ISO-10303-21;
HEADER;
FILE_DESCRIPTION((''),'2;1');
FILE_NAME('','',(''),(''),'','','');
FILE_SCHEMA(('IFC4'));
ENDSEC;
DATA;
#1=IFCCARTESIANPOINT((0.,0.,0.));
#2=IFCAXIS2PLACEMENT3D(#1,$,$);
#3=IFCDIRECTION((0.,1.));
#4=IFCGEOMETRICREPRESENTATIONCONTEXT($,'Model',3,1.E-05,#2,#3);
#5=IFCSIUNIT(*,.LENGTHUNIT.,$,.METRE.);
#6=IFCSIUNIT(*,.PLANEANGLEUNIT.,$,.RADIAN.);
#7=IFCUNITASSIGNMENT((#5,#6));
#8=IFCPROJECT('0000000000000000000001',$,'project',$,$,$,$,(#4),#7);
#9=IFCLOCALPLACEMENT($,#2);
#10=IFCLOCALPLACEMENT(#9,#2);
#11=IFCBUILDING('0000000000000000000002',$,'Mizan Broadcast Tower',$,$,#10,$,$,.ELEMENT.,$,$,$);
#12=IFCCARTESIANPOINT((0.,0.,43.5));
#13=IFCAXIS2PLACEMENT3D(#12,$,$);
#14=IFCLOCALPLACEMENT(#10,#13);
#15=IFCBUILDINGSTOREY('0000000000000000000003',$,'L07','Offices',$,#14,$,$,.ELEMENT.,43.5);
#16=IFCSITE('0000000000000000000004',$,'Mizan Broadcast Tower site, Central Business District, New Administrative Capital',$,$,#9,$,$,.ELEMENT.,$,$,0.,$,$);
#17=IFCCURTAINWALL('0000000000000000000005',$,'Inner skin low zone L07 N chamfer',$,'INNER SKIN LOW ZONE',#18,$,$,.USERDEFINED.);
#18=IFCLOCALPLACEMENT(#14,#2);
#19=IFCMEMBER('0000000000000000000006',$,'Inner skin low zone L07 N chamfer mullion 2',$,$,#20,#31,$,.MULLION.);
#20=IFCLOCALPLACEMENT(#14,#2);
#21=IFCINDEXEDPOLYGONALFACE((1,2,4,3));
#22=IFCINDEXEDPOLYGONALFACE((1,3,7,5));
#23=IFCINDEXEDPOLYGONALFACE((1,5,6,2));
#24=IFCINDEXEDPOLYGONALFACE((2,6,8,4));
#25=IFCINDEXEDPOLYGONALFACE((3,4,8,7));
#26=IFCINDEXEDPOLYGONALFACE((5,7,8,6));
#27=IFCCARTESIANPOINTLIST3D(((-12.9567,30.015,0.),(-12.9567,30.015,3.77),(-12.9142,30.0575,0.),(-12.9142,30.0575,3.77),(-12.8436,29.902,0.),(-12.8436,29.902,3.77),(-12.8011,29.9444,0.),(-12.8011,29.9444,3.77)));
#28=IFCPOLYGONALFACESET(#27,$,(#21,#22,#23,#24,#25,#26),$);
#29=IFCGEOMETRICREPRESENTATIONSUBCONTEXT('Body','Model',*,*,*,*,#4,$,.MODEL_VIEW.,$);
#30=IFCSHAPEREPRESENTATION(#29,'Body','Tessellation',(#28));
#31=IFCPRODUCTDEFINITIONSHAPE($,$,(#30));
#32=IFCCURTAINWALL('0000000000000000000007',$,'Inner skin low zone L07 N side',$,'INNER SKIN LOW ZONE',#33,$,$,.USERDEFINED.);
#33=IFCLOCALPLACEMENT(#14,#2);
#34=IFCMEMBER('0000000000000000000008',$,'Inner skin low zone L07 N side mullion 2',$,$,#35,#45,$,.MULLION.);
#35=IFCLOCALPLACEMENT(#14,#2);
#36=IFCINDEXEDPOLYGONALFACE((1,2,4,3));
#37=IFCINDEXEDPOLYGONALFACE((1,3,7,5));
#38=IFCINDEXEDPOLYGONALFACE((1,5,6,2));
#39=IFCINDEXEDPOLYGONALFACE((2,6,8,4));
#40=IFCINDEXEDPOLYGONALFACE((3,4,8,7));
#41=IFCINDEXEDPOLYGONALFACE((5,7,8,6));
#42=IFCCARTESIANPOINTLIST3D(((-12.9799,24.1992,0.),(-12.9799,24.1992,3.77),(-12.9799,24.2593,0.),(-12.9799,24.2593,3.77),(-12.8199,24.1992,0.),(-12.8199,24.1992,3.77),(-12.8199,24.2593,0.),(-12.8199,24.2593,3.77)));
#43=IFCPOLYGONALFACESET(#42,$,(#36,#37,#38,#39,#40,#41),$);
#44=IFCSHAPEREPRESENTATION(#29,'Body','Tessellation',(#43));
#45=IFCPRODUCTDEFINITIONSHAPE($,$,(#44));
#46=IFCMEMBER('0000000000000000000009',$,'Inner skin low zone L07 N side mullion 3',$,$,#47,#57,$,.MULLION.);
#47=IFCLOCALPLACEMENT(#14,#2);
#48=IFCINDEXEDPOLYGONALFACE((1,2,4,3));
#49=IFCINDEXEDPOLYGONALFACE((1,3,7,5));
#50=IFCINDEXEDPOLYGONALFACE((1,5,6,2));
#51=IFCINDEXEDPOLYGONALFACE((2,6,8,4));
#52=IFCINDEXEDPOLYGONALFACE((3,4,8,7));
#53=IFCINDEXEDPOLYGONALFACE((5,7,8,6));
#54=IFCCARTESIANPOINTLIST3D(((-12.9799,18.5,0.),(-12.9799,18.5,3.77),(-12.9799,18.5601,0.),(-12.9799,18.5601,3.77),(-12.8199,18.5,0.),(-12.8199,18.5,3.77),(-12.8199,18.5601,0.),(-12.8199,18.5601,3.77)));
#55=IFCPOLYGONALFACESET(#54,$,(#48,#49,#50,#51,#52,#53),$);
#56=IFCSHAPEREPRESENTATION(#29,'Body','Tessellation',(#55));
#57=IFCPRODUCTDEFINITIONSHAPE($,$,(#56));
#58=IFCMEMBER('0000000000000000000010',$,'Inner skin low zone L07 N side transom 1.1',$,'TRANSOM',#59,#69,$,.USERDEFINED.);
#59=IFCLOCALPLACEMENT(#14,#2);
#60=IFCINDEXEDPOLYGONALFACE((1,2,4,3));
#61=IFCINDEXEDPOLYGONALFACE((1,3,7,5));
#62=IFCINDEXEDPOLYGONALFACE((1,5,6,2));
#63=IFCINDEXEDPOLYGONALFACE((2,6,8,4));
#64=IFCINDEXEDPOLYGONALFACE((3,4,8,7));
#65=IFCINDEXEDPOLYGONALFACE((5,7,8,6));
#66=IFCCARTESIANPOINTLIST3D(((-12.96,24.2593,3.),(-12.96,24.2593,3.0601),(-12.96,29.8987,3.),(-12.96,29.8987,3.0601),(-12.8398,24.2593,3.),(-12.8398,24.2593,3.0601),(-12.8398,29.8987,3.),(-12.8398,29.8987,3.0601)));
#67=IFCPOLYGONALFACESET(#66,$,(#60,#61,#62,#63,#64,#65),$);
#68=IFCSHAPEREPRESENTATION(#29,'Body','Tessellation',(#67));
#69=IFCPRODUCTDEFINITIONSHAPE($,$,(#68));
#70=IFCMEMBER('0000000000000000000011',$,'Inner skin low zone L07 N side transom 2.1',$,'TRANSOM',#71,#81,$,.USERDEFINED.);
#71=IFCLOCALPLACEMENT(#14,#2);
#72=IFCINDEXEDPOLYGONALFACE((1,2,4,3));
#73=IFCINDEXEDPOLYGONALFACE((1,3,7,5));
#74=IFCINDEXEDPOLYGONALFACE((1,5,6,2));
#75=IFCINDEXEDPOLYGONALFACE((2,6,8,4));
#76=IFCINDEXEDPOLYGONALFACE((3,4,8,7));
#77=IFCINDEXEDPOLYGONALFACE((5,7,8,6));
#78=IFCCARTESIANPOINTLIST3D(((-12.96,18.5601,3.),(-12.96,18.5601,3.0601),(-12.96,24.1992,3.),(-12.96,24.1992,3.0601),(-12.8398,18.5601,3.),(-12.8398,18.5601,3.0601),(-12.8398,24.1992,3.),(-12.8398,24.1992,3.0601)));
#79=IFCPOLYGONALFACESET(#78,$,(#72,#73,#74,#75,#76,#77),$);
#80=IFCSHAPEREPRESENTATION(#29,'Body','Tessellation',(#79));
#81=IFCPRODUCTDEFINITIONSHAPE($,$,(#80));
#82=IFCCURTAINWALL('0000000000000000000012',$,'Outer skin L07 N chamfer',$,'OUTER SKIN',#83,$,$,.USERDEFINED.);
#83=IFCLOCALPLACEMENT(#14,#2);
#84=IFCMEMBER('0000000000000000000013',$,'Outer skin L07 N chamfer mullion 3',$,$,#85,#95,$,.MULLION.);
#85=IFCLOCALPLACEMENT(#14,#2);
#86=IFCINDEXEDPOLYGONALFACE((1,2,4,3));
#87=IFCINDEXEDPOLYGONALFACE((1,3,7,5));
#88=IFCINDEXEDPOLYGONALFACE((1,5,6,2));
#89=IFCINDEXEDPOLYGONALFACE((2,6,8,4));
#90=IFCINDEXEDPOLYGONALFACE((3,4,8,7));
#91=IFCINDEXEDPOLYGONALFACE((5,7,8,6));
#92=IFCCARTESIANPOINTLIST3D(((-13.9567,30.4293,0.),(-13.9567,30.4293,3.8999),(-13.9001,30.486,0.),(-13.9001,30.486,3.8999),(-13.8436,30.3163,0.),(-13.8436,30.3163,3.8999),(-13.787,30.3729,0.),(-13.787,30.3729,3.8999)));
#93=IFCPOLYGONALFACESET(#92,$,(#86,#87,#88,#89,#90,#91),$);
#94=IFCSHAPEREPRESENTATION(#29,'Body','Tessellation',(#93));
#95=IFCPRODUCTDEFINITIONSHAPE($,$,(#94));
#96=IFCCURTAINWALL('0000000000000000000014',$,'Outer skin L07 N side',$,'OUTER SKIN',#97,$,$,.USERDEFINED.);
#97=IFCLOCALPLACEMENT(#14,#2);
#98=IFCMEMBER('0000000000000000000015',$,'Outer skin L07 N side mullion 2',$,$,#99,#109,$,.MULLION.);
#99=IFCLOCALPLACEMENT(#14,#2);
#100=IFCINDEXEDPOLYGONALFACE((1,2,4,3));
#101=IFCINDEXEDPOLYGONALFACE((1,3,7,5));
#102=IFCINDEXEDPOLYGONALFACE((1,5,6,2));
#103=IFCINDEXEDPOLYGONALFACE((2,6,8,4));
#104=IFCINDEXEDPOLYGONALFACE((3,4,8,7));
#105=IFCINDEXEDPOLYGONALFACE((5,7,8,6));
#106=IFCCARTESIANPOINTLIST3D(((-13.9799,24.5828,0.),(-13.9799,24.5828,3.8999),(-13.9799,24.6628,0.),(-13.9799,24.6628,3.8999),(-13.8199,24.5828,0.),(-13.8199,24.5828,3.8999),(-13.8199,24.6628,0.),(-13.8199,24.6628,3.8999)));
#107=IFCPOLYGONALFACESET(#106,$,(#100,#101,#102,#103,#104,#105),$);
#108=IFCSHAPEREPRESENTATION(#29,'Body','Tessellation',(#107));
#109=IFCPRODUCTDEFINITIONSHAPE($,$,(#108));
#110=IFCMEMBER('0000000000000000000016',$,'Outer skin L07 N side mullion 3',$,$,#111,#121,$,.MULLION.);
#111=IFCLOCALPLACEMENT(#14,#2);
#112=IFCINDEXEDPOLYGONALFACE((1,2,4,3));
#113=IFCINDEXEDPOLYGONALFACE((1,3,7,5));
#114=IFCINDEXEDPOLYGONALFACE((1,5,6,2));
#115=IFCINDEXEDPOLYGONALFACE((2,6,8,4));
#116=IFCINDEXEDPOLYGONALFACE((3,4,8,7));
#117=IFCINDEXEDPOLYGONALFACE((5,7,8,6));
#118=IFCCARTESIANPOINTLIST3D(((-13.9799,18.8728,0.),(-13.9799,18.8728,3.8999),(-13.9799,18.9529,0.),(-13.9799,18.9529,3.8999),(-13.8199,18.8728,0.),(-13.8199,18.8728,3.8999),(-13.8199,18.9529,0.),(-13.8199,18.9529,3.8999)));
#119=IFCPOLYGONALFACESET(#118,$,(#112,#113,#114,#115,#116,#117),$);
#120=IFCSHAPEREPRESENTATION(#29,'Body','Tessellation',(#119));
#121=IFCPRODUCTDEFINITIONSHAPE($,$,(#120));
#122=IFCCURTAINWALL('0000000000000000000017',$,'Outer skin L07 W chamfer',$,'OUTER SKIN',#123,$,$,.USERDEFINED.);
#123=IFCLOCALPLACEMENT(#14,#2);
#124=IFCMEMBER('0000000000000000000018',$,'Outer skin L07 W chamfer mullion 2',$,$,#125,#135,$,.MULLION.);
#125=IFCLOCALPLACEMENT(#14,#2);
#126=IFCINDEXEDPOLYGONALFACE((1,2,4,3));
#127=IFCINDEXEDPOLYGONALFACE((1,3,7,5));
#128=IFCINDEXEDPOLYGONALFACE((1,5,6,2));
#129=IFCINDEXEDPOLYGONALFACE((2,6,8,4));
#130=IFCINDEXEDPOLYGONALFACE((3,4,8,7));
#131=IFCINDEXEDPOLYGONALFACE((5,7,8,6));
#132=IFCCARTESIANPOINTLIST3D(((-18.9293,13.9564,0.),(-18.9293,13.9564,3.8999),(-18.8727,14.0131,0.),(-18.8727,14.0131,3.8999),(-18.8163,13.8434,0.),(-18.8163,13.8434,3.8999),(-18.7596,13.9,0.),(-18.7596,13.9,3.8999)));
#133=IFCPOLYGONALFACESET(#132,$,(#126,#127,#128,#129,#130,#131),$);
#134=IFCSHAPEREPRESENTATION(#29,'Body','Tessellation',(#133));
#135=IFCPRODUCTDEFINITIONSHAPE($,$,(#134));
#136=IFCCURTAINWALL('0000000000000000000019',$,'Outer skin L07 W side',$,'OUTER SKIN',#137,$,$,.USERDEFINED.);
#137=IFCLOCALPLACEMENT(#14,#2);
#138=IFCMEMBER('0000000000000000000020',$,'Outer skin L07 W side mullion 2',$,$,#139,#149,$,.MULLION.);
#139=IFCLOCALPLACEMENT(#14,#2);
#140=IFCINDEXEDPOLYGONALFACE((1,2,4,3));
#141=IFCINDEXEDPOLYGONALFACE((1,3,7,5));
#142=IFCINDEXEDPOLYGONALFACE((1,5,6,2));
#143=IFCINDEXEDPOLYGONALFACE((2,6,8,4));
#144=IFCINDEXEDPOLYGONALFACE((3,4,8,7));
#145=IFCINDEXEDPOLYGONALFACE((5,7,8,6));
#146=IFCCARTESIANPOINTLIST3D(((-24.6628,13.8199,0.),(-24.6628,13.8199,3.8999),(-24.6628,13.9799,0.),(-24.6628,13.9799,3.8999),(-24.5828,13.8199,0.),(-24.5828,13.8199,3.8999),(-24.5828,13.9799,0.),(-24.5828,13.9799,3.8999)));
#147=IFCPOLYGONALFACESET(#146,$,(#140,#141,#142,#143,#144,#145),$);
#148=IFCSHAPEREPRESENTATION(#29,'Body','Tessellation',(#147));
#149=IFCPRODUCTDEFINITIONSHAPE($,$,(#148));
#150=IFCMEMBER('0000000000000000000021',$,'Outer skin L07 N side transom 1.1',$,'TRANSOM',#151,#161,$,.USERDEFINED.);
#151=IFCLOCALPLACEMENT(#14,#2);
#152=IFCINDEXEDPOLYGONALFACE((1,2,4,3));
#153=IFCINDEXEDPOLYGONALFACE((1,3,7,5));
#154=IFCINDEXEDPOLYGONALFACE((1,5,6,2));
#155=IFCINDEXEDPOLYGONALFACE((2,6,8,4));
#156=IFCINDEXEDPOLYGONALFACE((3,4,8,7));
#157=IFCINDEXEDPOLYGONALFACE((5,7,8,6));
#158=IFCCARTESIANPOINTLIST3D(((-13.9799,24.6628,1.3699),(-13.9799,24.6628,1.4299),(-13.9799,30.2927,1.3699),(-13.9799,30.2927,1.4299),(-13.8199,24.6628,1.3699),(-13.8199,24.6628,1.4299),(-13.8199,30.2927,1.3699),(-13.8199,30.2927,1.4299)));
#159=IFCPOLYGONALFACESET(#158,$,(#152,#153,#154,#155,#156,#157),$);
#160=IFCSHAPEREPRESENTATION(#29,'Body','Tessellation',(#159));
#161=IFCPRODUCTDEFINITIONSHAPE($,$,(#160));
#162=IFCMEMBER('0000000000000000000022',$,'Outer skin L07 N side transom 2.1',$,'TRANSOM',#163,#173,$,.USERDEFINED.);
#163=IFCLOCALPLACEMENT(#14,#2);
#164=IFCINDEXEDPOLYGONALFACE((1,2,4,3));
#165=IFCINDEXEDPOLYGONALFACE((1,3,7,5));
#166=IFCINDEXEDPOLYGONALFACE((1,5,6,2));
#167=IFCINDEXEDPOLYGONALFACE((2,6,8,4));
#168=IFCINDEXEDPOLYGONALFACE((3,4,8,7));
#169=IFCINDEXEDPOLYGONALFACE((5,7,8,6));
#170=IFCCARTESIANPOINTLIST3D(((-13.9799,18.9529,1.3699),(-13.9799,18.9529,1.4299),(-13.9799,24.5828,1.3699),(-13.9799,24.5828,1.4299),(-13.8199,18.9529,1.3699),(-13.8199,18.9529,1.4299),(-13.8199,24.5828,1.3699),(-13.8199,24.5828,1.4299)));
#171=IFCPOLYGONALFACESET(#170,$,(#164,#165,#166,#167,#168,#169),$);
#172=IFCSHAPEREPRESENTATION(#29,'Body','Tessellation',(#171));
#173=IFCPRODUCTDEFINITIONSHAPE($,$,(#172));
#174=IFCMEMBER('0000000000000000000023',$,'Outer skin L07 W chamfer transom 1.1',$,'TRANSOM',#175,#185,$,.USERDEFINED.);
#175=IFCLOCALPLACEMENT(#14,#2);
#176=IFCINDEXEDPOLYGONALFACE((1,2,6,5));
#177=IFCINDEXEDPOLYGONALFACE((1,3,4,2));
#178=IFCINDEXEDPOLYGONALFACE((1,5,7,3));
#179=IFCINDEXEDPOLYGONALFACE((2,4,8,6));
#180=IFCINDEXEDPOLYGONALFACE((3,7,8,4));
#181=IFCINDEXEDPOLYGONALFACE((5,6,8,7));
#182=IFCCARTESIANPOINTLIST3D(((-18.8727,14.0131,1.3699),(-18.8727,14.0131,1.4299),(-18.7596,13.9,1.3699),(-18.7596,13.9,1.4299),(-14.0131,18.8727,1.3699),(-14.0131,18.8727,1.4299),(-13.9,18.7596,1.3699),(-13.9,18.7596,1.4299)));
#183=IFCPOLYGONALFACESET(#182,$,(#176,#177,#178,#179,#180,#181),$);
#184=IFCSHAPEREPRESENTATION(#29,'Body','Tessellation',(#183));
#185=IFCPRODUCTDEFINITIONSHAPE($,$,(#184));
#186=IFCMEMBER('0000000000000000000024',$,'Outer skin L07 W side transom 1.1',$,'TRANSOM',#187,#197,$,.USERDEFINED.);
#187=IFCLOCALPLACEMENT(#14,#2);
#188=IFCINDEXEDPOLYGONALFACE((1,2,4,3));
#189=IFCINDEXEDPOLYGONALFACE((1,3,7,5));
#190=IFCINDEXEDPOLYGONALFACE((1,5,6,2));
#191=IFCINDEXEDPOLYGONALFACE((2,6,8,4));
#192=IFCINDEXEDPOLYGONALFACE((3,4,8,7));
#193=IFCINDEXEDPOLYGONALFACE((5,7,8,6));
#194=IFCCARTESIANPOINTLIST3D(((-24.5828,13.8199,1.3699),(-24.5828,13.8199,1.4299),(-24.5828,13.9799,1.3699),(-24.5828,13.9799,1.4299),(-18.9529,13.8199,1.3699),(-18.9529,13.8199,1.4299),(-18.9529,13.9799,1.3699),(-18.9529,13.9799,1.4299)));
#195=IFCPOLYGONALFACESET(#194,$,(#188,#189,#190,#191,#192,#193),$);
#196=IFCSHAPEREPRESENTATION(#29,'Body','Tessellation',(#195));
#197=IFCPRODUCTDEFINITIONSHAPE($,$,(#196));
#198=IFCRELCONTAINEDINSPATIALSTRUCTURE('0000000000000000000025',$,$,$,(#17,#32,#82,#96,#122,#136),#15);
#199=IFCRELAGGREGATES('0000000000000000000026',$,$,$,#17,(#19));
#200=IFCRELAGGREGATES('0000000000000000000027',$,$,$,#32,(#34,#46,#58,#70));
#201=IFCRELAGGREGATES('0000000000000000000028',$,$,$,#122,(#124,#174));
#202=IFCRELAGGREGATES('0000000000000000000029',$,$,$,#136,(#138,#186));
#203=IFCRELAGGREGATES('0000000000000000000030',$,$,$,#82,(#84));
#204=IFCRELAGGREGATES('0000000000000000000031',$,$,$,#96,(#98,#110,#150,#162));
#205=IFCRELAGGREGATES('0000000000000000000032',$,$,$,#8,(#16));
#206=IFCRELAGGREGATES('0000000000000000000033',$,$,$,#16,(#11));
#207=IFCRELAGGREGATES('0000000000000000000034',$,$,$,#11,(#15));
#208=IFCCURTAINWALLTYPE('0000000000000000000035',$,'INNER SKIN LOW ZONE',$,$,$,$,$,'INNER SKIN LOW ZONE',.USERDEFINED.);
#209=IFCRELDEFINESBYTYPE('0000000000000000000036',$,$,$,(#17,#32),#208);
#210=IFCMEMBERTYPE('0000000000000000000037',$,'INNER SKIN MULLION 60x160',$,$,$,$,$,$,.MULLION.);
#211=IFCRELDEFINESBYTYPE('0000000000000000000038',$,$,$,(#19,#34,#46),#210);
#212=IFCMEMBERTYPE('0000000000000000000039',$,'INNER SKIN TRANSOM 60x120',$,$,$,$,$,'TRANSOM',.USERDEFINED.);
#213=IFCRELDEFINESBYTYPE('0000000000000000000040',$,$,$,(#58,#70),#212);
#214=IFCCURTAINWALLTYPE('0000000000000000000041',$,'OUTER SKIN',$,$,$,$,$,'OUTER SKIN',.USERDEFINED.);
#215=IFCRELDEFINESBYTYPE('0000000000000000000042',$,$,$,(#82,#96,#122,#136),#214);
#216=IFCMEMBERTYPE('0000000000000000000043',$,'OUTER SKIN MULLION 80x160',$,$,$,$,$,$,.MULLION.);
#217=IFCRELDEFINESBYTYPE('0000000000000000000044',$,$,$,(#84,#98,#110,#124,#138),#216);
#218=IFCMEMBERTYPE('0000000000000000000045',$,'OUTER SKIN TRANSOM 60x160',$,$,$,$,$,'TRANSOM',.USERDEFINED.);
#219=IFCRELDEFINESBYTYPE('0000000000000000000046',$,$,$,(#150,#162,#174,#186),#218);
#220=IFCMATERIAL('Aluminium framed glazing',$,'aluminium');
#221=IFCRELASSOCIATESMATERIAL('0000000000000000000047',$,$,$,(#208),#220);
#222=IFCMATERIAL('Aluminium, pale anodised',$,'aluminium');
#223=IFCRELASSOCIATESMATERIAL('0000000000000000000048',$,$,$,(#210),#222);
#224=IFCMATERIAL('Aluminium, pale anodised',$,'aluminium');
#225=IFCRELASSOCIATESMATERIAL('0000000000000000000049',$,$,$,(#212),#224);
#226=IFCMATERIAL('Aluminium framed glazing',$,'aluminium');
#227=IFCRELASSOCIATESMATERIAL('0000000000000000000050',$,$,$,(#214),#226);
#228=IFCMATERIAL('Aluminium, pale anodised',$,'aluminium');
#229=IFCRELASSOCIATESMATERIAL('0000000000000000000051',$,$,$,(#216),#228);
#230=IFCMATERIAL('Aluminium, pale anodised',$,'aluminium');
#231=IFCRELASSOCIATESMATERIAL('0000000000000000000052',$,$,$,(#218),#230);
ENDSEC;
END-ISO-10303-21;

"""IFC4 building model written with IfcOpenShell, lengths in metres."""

from ifc_helpers import new_model, si_unit, direction, frame, origin, origin_2d, place, context, subcontext, project, spatial, rectangle, extrude, material, material_profile, profile_set, type_object, element, aggregate, save


model = new_model("IFC4")

# Units and contexts
model_context = context("Model", 3, precision=1e-05, world=origin(), true_north=direction((0.0, 1.0)))
body_context = subcontext(model_context, "Body", "Model", "MODEL_VIEW")
ifc_project = project(units=[si_unit("LENGTHUNIT", "METRE"), si_unit("PLANEANGLEUNIT", "RADIAN")], contexts=[model_context])

# Site, building, storey
site_placement = place(None, origin())
site = spatial("IfcSite", under=ifc_project, at=site_placement, Name="Mizan Broadcast Tower site, Central Business District, New Administrative Capital", CompositionType="ELEMENT", RefElevation=0.0)
building_placement = place(site_placement, origin())
building = spatial("IfcBuilding", under=site, at=building_placement, Name="Mizan Broadcast Tower", CompositionType="ELEMENT")
storey_placement = place(building_placement, frame((0.0, 0.0, 43.5)))
storey = spatial("IfcBuildingStorey", under=building, at=storey_placement, Name="L07", Description="Offices", CompositionType="ELEMENT", Elevation=43.5)

# Curtain wall, member
ifc_material_1 = material(Name="Aluminium framed glazing", Category="aluminium")
curtain_wall_type_1 = type_object("IfcCurtainWallType", Name="INNER SKIN LOW ZONE", ElementType="INNER SKIN LOW ZONE", PredefinedType="USERDEFINED", material=ifc_material_1)
curtain_wall_1_placement = place(storey_placement, origin())
curtain_wall_1 = element("IfcCurtainWall", 1, at=curtain_wall_1_placement, inside=storey, type_object=curtain_wall_type_1, Name="Inner skin low zone L07 N chamfer", ObjectType="INNER SKIN LOW ZONE", PredefinedType="USERDEFINED")
ifc_material_2 = material(Name="Aluminium, pale anodised", Category="aluminium")
ifc_material_profile_1 = material_profile(ifc_material_2, rectangle(XDim=0.1599, YDim=0.0601, at=origin_2d()), Name="MULLION 160x60")
ifc_profile_set_1 = profile_set([ifc_material_profile_1], Name="Aluminium, pale anodised")
member_type_1 = type_object("IfcMemberType", Name="INNER SKIN MULLION 60x160", PredefinedType="MULLION", material=ifc_profile_set_1)
member_1_placement = place(storey_placement, frame((-12.8789, 29.9797, 0.0), z_axis=(0.0, 0.0, 1.0), x_axis=(0.707107, -0.707107, 0.0)))
member_1 = element("IfcMember", 2, at=member_1_placement, type_object=member_type_1, Name="Inner skin low zone L07 N chamfer mullion 2", PredefinedType="MULLION", context=body_context, shape_type="SweptSolid", body=[
    extrude(rectangle(XDim=0.1599, YDim=0.0601, at=origin_2d()), origin(), (0.0, 0.0, 1.0), 3.77),
])
aggregate(curtain_wall_1, [member_1])

# Curtain wall, members
curtain_wall_2_placement = place(storey_placement, origin())
curtain_wall_2 = element("IfcCurtainWall", 3, at=curtain_wall_2_placement, inside=storey, type_object=curtain_wall_type_1, Name="Inner skin low zone L07 N side", ObjectType="INNER SKIN LOW ZONE", PredefinedType="USERDEFINED")
member_2_placement = place(storey_placement, frame((-12.8999, 24.2292, 0.0), z_axis=(0.0, 0.0, 1.0), x_axis=(1.0, 0.0, 0.0)))
member_2 = element("IfcMember", 4, at=member_2_placement, type_object=member_type_1, Name="Inner skin low zone L07 N side mullion 2", PredefinedType="MULLION", context=body_context, shape_type="SweptSolid", body=[
    extrude(rectangle(XDim=0.1599, YDim=0.0601, at=origin_2d()), origin(), (0.0, 0.0, 1.0), 3.77),
])
member_3_placement = place(storey_placement, frame((-12.8999, 18.53, 0.0), z_axis=(0.0, 0.0, 1.0), x_axis=(1.0, 0.0, 0.0)))
member_3 = element("IfcMember", 5, at=member_3_placement, type_object=member_type_1, Name="Inner skin low zone L07 N side mullion 3", PredefinedType="MULLION", context=body_context, shape_type="SweptSolid", body=[
    extrude(rectangle(XDim=0.1599, YDim=0.0601, at=origin_2d()), origin(), (0.0, 0.0, 1.0), 3.77),
])
ifc_material_3 = material(Name="Aluminium, pale anodised", Category="aluminium")
ifc_material_profile_2 = material_profile(ifc_material_3, rectangle(XDim=0.1201, YDim=0.0601, at=origin_2d()), Name="TRANSOM 120x60")
ifc_profile_set_2 = profile_set([ifc_material_profile_2], Name="Aluminium, pale anodised")
member_type_2 = type_object("IfcMemberType", Name="INNER SKIN TRANSOM 60x120", ElementType="TRANSOM", PredefinedType="USERDEFINED", material=ifc_profile_set_2)
member_4_placement = place(storey_placement, frame((-12.8999, 29.8987, 3.03), z_axis=(0.0, -1.0, 0.0), x_axis=(1.0, 0.0, 0.0)))
member_4 = element("IfcMember", 6, at=member_4_placement, type_object=member_type_2, Name="Inner skin low zone L07 N side transom 1.1", ObjectType="TRANSOM", PredefinedType="USERDEFINED", context=body_context, shape_type="SweptSolid", body=[
    extrude(rectangle(XDim=0.1201, YDim=0.0601, at=origin_2d()), origin(), (0.0, 0.0, 1.0), 5.6394),
])
member_5_placement = place(storey_placement, frame((-12.8999, 24.1992, 3.03), z_axis=(0.0, -1.0, 0.0), x_axis=(1.0, 0.0, 0.0)))
member_5 = element("IfcMember", 7, at=member_5_placement, type_object=member_type_2, Name="Inner skin low zone L07 N side transom 2.1", ObjectType="TRANSOM", PredefinedType="USERDEFINED", context=body_context, shape_type="SweptSolid", body=[
    extrude(rectangle(XDim=0.1201, YDim=0.0601, at=origin_2d()), origin(), (0.0, 0.0, 1.0), 5.6392),
])

# Curtain wall, member
ifc_material_4 = material(Name="Aluminium framed glazing", Category="aluminium")
curtain_wall_type_2 = type_object("IfcCurtainWallType", Name="OUTER SKIN", ElementType="OUTER SKIN", PredefinedType="USERDEFINED", material=ifc_material_4)
curtain_wall_3_placement = place(storey_placement, origin())
curtain_wall_3 = element("IfcCurtainWall", 8, at=curtain_wall_3_placement, inside=storey, type_object=curtain_wall_type_2, Name="Outer skin L07 N chamfer", ObjectType="OUTER SKIN", PredefinedType="USERDEFINED")
ifc_material_5 = material(Name="Aluminium, pale anodised", Category="aluminium")
ifc_material_profile_3 = material_profile(ifc_material_5, rectangle(XDim=0.1599, YDim=0.0801, at=origin_2d()), Name="MULLION 160x80")
ifc_profile_set_3 = profile_set([ifc_material_profile_3], Name="Aluminium, pale anodised")
member_type_3 = type_object("IfcMemberType", Name="OUTER SKIN MULLION 80x160", PredefinedType="MULLION", material=ifc_profile_set_3)
member_6_placement = place(storey_placement, frame((-13.8718, 30.4011, 0.0), z_axis=(0.0, 0.0, 1.0), x_axis=(0.707107, -0.707107, 0.0)))
member_6 = element("IfcMember", 9, at=member_6_placement, type_object=member_type_3, Name="Outer skin L07 N chamfer mullion 3", PredefinedType="MULLION", context=body_context, shape_type="SweptSolid", body=[
    extrude(rectangle(XDim=0.1599, YDim=0.0801, at=origin_2d()), origin(), (0.0, 0.0, 1.0), 3.8999),
])

# Curtain wall, members
curtain_wall_4_placement = place(storey_placement, origin())
curtain_wall_4 = element("IfcCurtainWall", 10, at=curtain_wall_4_placement, inside=storey, type_object=curtain_wall_type_2, Name="Outer skin L07 N side", ObjectType="OUTER SKIN", PredefinedType="USERDEFINED")
member_7_placement = place(storey_placement, frame((-13.8999, 24.6228, 0.0), z_axis=(0.0, 0.0, 1.0), x_axis=(1.0, 0.0, 0.0)))
member_7 = element("IfcMember", 11, at=member_7_placement, type_object=member_type_3, Name="Outer skin L07 N side mullion 2", PredefinedType="MULLION", context=body_context, shape_type="SweptSolid", body=[
    extrude(rectangle(XDim=0.1599, YDim=0.0801, at=origin_2d()), origin(), (0.0, 0.0, 1.0), 3.8999),
])
member_8_placement = place(storey_placement, frame((-13.8999, 18.9128, 0.0), z_axis=(0.0, 0.0, 1.0), x_axis=(1.0, 0.0, 0.0)))
member_8 = element("IfcMember", 12, at=member_8_placement, type_object=member_type_3, Name="Outer skin L07 N side mullion 3", PredefinedType="MULLION", context=body_context, shape_type="SweptSolid", body=[
    extrude(rectangle(XDim=0.1599, YDim=0.0801, at=origin_2d()), origin(), (0.0, 0.0, 1.0), 3.8999),
])

# Curtain walls, members
curtain_wall_5_placement = place(storey_placement, origin())
curtain_wall_5 = element("IfcCurtainWall", 13, at=curtain_wall_5_placement, inside=storey, type_object=curtain_wall_type_2, Name="Outer skin L07 W chamfer", ObjectType="OUTER SKIN", PredefinedType="USERDEFINED")
member_9_placement = place(storey_placement, frame((-18.8445, 13.9282, 0.0), z_axis=(0.0, 0.0, 1.0), x_axis=(0.707107, -0.707107, 0.0)))
member_9 = element("IfcMember", 14, at=member_9_placement, type_object=member_type_3, Name="Outer skin L07 W chamfer mullion 2", PredefinedType="MULLION", context=body_context, shape_type="SweptSolid", body=[
    extrude(rectangle(XDim=0.1599, YDim=0.0801, at=origin_2d()), origin(), (0.0, 0.0, 1.0), 3.8999),
])
curtain_wall_6_placement = place(storey_placement, origin())
curtain_wall_6 = element("IfcCurtainWall", 15, at=curtain_wall_6_placement, inside=storey, type_object=curtain_wall_type_2, Name="Outer skin L07 W side", ObjectType="OUTER SKIN", PredefinedType="USERDEFINED")
member_10_placement = place(storey_placement, frame((-24.6228, 13.8999, 0.0), z_axis=(0.0, 0.0, 1.0), x_axis=(0.0, -1.0, 0.0)))
member_10 = element("IfcMember", 16, at=member_10_placement, type_object=member_type_3, Name="Outer skin L07 W side mullion 2", PredefinedType="MULLION", context=body_context, shape_type="SweptSolid", body=[
    extrude(rectangle(XDim=0.1599, YDim=0.0801, at=origin_2d()), origin(), (0.0, 0.0, 1.0), 3.8999),
])

# Members
ifc_material_6 = material(Name="Aluminium, pale anodised", Category="aluminium")
ifc_material_profile_4 = material_profile(ifc_material_6, rectangle(XDim=0.1599, YDim=0.0601, at=origin_2d()), Name="TRANSOM 160x60")
ifc_profile_set_4 = profile_set([ifc_material_profile_4], Name="Aluminium, pale anodised")
member_type_4 = type_object("IfcMemberType", Name="OUTER SKIN TRANSOM 60x160", ElementType="TRANSOM", PredefinedType="USERDEFINED", material=ifc_profile_set_4)
member_11_placement = place(storey_placement, frame((-13.8999, 30.2927, 1.3999), z_axis=(0.0, -1.0, 0.0), x_axis=(1.0, 0.0, 0.0)))
member_11 = element("IfcMember", 17, at=member_11_placement, type_object=member_type_4, Name="Outer skin L07 N side transom 1.1", ObjectType="TRANSOM", PredefinedType="USERDEFINED", context=body_context, shape_type="SweptSolid", body=[
    extrude(rectangle(XDim=0.1599, YDim=0.0601, at=origin_2d()), origin(), (0.0, 0.0, 1.0), 5.6299),
])
member_12_placement = place(storey_placement, frame((-13.8999, 24.5828, 1.3999), z_axis=(0.0, -1.0, 0.0), x_axis=(1.0, 0.0, 0.0)))
member_12 = element("IfcMember", 18, at=member_12_placement, type_object=member_type_4, Name="Outer skin L07 N side transom 2.1", ObjectType="TRANSOM", PredefinedType="USERDEFINED", context=body_context, shape_type="SweptSolid", body=[
    extrude(rectangle(XDim=0.1599, YDim=0.0601, at=origin_2d()), origin(), (0.0, 0.0, 1.0), 5.6299),
])
member_13_placement = place(storey_placement, frame((-13.9565, 18.8162, 1.3999), z_axis=(-0.707107, -0.707107, 0.0), x_axis=(0.707107, -0.707107, 0.0)))
member_13 = element("IfcMember", 19, at=member_13_placement, type_object=member_type_4, Name="Outer skin L07 W chamfer transom 1.1", ObjectType="TRANSOM", PredefinedType="USERDEFINED", context=body_context, shape_type="SweptSolid", body=[
    extrude(rectangle(XDim=0.1599, YDim=0.0601, at=origin_2d()), origin(), (0.0, 0.0, 1.0), 6.8726),
])
member_14_placement = place(storey_placement, frame((-18.9529, 13.8999, 1.3999), z_axis=(-1.0, 0.0, 0.0), x_axis=(0.0, -1.0, 0.0)))
member_14 = element("IfcMember", 20, at=member_14_placement, type_object=member_type_4, Name="Outer skin L07 W side transom 1.1", ObjectType="TRANSOM", PredefinedType="USERDEFINED", context=body_context, shape_type="SweptSolid", body=[
    extrude(rectangle(XDim=0.1599, YDim=0.0601, at=origin_2d()), origin(), (0.0, 0.0, 1.0), 5.6299),
])

aggregate(curtain_wall_2, [member_2, member_3, member_4, member_5])
aggregate(curtain_wall_5, [member_9, member_13])
aggregate(curtain_wall_6, [member_10, member_14])
aggregate(curtain_wall_3, [member_6])
aggregate(curtain_wall_4, [member_7, member_8, member_11, member_12])

save(model, "model.ifc")
